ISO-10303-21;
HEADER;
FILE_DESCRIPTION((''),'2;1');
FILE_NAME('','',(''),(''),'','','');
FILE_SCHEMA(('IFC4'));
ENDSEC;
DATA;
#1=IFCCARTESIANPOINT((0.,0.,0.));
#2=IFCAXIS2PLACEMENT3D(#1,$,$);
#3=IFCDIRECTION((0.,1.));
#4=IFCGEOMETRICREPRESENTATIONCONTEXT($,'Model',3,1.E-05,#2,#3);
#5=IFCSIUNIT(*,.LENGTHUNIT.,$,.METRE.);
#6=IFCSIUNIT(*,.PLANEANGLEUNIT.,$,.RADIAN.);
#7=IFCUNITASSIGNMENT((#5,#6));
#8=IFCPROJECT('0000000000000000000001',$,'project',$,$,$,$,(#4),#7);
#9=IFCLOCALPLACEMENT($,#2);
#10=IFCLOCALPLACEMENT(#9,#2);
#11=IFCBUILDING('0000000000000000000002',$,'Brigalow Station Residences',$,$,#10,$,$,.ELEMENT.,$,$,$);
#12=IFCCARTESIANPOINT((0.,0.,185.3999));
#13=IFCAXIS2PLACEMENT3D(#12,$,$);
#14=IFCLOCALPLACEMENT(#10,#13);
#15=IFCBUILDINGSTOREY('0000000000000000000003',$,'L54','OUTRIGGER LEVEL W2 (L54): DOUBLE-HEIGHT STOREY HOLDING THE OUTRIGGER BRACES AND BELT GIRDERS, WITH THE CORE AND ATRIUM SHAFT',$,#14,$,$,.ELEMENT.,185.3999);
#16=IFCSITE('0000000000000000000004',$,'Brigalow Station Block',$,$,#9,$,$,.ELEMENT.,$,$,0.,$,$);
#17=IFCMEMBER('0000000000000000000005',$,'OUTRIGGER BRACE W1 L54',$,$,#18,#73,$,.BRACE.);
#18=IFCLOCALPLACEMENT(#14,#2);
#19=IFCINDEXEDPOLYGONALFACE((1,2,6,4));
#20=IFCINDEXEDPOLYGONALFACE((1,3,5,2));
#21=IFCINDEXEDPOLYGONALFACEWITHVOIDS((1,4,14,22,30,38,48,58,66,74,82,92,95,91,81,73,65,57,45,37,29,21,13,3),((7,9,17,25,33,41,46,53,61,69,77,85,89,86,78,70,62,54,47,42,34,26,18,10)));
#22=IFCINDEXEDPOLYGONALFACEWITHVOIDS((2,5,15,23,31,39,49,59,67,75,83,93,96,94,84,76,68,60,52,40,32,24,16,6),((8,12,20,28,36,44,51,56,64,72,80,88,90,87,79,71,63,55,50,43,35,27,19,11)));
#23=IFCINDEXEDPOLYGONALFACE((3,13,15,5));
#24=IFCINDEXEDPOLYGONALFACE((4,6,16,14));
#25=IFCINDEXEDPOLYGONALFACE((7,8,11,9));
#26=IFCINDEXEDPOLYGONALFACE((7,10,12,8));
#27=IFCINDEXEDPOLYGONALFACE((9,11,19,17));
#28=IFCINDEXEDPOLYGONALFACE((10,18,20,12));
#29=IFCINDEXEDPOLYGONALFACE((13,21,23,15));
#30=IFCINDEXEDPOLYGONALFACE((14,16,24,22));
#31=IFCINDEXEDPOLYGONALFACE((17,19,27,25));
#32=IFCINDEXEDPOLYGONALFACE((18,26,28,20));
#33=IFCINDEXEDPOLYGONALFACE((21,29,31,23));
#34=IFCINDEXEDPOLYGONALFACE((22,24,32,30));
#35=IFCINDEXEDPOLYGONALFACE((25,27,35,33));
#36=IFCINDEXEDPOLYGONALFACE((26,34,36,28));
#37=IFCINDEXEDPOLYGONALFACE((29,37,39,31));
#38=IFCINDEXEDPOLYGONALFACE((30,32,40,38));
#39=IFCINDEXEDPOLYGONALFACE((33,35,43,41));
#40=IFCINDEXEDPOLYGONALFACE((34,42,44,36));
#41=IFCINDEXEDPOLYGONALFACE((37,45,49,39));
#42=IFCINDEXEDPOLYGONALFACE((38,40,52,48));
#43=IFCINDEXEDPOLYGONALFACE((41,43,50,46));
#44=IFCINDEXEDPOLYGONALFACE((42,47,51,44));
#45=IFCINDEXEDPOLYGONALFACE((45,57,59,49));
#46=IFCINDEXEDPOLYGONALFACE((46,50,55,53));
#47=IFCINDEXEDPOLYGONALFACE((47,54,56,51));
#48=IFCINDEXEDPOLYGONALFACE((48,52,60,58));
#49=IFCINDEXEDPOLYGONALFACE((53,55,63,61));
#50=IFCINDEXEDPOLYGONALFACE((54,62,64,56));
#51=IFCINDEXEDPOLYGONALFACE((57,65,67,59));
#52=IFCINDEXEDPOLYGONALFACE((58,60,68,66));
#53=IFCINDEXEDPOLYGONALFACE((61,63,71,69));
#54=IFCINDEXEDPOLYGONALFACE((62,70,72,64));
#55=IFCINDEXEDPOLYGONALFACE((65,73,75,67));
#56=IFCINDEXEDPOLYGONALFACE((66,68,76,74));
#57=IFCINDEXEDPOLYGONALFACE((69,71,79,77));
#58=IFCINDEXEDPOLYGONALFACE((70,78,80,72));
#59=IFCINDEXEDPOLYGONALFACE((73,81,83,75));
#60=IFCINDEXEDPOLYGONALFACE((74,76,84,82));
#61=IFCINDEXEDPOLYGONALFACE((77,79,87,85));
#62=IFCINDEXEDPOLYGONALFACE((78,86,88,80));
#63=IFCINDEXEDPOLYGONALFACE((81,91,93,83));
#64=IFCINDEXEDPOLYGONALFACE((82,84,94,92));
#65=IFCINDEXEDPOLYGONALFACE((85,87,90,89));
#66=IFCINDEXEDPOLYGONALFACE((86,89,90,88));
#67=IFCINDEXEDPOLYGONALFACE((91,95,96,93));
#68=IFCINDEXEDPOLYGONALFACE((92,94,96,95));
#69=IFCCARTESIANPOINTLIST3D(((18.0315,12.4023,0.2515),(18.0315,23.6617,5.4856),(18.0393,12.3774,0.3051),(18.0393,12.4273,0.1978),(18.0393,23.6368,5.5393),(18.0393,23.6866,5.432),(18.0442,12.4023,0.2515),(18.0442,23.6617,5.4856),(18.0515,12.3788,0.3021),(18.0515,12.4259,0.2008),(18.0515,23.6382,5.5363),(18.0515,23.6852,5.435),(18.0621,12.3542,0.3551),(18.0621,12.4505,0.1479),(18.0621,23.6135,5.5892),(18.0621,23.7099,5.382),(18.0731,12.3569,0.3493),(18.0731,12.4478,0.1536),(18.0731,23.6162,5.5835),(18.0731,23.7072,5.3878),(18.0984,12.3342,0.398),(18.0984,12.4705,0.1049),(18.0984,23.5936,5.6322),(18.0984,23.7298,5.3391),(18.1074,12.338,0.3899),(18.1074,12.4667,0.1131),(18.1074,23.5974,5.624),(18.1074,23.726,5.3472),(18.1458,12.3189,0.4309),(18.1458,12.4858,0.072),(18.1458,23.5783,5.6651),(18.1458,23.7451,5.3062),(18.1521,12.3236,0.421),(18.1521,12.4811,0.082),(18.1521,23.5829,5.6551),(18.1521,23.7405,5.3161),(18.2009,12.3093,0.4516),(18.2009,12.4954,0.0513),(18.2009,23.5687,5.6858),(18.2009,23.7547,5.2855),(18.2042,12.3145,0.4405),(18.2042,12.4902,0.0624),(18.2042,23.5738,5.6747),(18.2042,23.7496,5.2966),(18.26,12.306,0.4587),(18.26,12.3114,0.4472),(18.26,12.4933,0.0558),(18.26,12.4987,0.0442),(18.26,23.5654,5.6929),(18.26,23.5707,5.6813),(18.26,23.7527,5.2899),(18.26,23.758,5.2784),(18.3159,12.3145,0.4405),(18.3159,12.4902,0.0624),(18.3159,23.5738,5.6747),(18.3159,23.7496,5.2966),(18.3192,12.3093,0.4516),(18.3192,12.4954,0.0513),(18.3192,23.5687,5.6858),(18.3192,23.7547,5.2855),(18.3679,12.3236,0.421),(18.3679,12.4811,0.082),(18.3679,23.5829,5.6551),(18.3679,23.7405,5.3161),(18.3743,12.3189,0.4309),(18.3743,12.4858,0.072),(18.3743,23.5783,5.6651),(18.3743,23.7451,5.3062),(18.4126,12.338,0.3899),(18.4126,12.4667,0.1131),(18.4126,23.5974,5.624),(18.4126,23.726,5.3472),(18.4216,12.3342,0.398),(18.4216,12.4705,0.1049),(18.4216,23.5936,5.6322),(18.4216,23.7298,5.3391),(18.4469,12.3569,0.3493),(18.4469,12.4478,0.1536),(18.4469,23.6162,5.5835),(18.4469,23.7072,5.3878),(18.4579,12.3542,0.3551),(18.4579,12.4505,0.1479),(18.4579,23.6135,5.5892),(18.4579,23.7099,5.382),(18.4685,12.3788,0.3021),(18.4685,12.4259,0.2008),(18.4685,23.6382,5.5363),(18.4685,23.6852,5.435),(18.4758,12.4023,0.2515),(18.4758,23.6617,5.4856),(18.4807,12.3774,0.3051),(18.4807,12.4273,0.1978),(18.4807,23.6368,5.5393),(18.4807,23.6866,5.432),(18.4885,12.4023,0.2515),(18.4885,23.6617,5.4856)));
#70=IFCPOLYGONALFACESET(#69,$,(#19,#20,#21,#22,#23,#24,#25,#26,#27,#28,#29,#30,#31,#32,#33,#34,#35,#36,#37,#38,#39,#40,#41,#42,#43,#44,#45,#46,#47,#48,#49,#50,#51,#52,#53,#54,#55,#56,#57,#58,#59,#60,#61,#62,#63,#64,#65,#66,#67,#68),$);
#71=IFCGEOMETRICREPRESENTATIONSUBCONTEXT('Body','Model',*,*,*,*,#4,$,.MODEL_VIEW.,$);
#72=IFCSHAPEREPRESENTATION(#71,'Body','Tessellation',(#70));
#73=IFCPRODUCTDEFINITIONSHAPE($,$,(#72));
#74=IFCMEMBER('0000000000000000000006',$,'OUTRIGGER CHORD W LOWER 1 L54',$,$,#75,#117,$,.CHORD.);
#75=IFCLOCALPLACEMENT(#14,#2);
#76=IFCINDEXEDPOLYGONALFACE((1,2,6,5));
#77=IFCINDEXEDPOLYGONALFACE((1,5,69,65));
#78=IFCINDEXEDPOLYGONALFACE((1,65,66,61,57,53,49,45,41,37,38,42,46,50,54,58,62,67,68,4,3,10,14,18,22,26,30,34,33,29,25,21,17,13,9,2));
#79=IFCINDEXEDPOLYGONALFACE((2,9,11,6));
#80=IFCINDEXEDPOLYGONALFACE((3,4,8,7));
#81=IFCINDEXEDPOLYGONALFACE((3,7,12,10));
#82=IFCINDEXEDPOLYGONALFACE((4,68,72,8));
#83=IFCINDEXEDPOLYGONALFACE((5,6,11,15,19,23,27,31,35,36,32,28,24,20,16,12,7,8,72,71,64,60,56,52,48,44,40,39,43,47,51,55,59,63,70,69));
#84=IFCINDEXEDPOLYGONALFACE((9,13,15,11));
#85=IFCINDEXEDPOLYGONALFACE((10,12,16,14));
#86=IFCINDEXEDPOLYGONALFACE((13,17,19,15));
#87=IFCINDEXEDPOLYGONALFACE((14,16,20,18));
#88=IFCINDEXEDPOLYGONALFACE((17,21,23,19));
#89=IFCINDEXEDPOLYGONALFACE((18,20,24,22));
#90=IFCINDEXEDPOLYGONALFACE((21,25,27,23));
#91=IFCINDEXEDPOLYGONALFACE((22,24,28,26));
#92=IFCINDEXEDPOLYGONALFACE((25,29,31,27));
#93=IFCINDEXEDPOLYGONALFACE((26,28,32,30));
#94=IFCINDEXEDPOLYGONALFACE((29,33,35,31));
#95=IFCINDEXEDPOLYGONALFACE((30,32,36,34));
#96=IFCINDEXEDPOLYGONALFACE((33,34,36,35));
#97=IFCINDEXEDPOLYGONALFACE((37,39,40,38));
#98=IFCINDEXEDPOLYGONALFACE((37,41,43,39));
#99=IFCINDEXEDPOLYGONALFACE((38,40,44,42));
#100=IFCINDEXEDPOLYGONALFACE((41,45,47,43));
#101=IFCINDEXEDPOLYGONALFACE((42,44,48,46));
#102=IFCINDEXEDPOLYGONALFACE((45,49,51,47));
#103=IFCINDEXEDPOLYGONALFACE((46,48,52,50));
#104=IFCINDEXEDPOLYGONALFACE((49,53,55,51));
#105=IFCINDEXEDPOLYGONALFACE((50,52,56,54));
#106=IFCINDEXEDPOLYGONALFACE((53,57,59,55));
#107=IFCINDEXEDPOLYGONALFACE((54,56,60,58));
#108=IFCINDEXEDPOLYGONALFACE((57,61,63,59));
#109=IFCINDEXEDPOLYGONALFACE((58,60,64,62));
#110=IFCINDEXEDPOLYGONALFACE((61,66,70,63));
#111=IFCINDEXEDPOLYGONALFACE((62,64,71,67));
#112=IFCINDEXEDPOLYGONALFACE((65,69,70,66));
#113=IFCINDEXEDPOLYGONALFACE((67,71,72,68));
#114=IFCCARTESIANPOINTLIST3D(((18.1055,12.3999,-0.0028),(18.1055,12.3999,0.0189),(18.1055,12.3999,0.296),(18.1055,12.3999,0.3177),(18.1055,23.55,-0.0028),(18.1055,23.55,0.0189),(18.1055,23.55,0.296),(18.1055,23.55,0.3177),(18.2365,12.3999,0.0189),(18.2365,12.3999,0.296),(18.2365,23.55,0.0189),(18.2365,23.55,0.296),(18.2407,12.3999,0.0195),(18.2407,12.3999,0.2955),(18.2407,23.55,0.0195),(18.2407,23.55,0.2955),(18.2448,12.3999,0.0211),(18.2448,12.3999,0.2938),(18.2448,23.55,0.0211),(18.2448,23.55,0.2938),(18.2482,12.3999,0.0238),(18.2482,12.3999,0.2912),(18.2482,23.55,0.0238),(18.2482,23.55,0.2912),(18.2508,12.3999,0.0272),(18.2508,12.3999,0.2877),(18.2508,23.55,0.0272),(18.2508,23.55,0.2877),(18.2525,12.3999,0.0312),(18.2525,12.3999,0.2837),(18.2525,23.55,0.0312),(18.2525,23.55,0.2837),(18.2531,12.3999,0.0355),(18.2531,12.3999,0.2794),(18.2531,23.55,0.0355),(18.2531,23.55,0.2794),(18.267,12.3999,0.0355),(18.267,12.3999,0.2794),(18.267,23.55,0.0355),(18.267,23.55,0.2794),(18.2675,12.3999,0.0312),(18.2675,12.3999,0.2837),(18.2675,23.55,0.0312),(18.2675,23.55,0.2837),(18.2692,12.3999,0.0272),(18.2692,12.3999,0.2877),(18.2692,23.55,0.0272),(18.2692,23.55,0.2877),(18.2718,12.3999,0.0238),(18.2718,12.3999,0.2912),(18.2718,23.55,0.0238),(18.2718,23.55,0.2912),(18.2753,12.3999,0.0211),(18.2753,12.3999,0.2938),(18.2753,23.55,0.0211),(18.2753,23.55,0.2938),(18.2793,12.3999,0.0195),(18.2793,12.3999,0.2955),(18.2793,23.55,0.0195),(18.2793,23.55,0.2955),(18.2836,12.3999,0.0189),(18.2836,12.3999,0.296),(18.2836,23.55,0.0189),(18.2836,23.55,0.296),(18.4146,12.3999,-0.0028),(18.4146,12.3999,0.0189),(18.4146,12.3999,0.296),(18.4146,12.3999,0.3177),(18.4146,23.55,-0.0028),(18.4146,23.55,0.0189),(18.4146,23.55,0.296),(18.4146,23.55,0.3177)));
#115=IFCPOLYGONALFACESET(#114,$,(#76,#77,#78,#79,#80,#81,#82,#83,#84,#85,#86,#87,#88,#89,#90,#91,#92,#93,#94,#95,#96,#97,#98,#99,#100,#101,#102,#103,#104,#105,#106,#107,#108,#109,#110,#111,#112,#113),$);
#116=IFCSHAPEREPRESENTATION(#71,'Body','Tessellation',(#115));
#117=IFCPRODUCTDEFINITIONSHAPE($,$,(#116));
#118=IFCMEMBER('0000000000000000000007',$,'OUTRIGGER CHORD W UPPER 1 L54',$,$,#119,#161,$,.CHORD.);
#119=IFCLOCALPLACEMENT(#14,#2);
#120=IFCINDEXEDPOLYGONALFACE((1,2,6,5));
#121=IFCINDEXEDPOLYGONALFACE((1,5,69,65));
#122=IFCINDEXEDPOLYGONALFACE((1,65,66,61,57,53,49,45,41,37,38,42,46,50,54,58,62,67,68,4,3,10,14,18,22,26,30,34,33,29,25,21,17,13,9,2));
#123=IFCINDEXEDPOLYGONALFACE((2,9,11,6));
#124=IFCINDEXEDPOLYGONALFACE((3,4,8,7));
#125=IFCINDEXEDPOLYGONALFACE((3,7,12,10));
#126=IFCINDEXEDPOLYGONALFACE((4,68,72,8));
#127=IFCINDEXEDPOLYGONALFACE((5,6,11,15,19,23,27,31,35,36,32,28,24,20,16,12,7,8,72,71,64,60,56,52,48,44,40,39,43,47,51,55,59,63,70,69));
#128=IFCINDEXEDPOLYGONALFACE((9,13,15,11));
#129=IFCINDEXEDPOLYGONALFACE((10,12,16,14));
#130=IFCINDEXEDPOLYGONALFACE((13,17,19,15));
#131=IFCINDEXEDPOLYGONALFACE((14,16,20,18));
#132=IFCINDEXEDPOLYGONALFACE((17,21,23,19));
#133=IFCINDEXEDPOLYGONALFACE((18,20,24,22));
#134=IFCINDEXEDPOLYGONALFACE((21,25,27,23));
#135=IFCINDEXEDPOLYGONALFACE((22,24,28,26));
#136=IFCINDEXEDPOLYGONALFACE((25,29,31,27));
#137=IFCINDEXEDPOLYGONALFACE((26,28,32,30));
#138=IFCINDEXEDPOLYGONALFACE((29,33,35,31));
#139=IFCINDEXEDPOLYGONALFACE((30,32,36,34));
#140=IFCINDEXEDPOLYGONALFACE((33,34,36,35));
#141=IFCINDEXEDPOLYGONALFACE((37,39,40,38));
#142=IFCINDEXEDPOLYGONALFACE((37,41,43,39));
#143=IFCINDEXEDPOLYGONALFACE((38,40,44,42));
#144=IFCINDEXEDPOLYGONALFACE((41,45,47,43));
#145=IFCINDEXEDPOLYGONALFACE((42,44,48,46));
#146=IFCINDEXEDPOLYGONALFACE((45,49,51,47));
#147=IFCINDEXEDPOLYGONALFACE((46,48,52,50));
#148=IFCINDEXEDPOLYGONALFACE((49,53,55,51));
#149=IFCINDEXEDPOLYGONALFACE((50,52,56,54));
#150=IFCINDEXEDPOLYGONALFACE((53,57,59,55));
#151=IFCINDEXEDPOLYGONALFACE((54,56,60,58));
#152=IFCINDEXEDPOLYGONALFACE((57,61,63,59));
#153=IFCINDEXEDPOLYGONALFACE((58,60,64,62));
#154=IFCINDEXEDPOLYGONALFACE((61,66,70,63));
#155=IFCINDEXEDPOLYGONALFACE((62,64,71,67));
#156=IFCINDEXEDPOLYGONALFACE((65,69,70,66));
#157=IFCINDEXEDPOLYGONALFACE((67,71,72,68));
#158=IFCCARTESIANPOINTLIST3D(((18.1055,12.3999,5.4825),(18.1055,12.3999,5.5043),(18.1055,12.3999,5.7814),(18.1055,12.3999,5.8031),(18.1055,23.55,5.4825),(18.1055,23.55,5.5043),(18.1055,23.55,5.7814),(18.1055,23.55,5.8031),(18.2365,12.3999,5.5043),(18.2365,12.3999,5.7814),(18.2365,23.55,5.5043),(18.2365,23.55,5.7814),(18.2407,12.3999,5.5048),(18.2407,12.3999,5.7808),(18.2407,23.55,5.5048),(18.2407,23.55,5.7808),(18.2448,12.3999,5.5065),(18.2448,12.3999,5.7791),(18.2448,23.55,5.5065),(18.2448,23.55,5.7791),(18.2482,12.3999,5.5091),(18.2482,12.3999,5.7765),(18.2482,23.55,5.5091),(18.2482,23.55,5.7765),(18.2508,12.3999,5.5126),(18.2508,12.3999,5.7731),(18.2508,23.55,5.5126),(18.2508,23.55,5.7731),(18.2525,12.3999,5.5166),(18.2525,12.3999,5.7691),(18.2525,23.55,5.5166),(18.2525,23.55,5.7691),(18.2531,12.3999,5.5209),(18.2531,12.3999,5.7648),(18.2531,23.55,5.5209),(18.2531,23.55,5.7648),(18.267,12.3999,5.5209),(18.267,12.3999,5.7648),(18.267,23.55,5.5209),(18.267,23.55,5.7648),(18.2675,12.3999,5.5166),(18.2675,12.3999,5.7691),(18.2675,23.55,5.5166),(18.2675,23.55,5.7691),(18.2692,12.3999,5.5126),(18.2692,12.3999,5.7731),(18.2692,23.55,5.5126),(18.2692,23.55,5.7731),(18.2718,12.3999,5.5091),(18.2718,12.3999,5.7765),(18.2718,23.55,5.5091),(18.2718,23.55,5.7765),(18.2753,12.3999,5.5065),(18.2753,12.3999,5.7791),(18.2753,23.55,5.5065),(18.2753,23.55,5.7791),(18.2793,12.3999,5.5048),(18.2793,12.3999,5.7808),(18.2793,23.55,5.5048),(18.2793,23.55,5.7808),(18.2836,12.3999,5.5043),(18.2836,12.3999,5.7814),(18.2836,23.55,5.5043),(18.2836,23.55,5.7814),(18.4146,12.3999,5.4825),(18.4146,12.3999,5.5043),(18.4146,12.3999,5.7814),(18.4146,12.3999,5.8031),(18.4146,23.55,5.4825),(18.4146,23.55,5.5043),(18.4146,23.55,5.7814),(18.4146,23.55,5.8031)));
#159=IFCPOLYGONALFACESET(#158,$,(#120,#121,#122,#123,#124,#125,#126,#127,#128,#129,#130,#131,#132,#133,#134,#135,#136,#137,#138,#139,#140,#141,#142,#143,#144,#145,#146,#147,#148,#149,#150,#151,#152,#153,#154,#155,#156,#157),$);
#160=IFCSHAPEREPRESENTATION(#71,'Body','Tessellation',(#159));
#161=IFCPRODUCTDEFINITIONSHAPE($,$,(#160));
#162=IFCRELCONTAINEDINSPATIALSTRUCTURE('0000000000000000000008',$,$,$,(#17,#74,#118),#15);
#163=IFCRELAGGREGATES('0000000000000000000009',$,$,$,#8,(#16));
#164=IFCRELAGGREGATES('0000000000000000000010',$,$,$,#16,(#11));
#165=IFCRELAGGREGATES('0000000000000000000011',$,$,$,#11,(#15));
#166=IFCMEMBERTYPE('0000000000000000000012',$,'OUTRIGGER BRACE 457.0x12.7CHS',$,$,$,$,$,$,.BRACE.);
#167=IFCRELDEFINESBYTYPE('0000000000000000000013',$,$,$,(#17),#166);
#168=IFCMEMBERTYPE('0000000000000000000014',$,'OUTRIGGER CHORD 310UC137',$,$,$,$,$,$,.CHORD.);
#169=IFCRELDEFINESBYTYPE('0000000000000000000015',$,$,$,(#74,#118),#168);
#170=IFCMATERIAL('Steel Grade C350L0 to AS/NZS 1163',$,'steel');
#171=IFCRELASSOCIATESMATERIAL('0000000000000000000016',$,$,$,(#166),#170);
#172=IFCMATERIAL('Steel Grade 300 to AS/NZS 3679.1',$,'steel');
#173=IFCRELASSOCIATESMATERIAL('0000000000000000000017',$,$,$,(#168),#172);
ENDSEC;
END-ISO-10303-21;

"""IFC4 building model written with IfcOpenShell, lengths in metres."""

from ifc_helpers import new_model, si_unit, direction, frame, origin, origin_2d, place, context, subcontext, project, spatial, hollow_circle, i_section, extrude, material, material_profile, profile_set, type_object, element, save


model = new_model("IFC4")

# Units and contexts
model_context = context("Model", 3, precision=1e-05, world=origin(), true_north=direction((0.0, 1.0)))
body_context = subcontext(model_context, "Body", "Model", "MODEL_VIEW")
ifc_project = project(units=[si_unit("LENGTHUNIT", "METRE"), si_unit("PLANEANGLEUNIT", "RADIAN")], contexts=[model_context])

# Site, building, storey
site_placement = place(None, origin())
site = spatial("IfcSite", under=ifc_project, at=site_placement, Name="Brigalow Station Block", CompositionType="ELEMENT", RefElevation=0.0)
building_placement = place(site_placement, origin())
building = spatial("IfcBuilding", under=site, at=building_placement, Name="Brigalow Station Residences", CompositionType="ELEMENT")
storey_placement = place(building_placement, frame((0.0, 0.0, 185.3999)))
storey = spatial("IfcBuildingStorey", under=building, at=storey_placement, Name="L54", Description="OUTRIGGER LEVEL W2 (L54): DOUBLE-HEIGHT STOREY HOLDING THE OUTRIGGER BRACES AND BELT GIRDERS, WITH THE CORE AND ATRIUM SHAFT", CompositionType="ELEMENT", Elevation=185.3999)

# Members
ifc_material_1 = material(Name="Steel Grade C350L0 to AS/NZS 1163", Category="steel")
ifc_material_profile_1 = material_profile(ifc_material_1, hollow_circle(Radius=0.2285, WallThickness=0.0127, at=origin_2d()), Name="457.0x12.7CHS")
ifc_profile_set_1 = profile_set([ifc_material_profile_1], Name="Steel Grade C350L0 to AS/NZS 1163")
member_type_1 = type_object("IfcMemberType", Name="OUTRIGGER BRACE 457.0x12.7CHS", PredefinedType="BRACE", material=ifc_profile_set_1)
member_placement = place(storey_placement, frame((18.26, 12.4023, 0.2515), z_axis=(0.0, 0.906806, 0.421549), x_axis=(-1.0, 0.0, 0.0)))
element("IfcMember", 1, at=member_placement, inside=storey, type_object=member_type_1, Name="OUTRIGGER BRACE W1 L54", PredefinedType="BRACE", context=body_context, shape_type="SweptSolid", body=[
    extrude(hollow_circle(Radius=0.2285, WallThickness=0.0127, at=origin_2d()), origin(), (0.0, 0.0, 1.0), 12.4165),
])
ifc_material_2 = material(Name="Steel Grade 300 to AS/NZS 3679.1", Category="steel")
ifc_material_profile_2 = material_profile(ifc_material_2, i_section(OverallWidth=0.3091, OverallDepth=0.3206, WebThickness=0.0139, FlangeThickness=0.0217, FilletRadius=0.0166, at=origin_2d()), Name="310UC137")
ifc_profile_set_2 = profile_set([ifc_material_profile_2], Name="Steel Grade 300 to AS/NZS 3679.1")
member_type_2 = type_object("IfcMemberType", Name="OUTRIGGER CHORD 310UC137", PredefinedType="CHORD", material=ifc_profile_set_2)
for number, where, z_axis, x_axis, name in (
    (2, (18.26, 12.3999, 0.1575), (0.0, 1.0, 0.0), (-1.0, 0.0, 0.0), "OUTRIGGER CHORD W LOWER 1 L54"),
    (3, (18.26, 12.3999, 5.6428), (0.0, 1.0, 0.0), (-1.0, 0.0, 0.0), "OUTRIGGER CHORD W UPPER 1 L54"),
):
    element("IfcMember", number, at=place(storey_placement, frame(where, z_axis=z_axis, x_axis=x_axis)), inside=storey, type_object=member_type_2, Name=name, PredefinedType="CHORD", context=body_context, shape_type="SweptSolid", body=[
        extrude(i_section(OverallWidth=0.3091, OverallDepth=0.3206, WebThickness=0.0139, FlangeThickness=0.0217, FilletRadius=0.0166, at=origin_2d()), origin(), (0.0, 0.0, 1.0), 11.1501),
    ])

save(model, "model.ifc")
